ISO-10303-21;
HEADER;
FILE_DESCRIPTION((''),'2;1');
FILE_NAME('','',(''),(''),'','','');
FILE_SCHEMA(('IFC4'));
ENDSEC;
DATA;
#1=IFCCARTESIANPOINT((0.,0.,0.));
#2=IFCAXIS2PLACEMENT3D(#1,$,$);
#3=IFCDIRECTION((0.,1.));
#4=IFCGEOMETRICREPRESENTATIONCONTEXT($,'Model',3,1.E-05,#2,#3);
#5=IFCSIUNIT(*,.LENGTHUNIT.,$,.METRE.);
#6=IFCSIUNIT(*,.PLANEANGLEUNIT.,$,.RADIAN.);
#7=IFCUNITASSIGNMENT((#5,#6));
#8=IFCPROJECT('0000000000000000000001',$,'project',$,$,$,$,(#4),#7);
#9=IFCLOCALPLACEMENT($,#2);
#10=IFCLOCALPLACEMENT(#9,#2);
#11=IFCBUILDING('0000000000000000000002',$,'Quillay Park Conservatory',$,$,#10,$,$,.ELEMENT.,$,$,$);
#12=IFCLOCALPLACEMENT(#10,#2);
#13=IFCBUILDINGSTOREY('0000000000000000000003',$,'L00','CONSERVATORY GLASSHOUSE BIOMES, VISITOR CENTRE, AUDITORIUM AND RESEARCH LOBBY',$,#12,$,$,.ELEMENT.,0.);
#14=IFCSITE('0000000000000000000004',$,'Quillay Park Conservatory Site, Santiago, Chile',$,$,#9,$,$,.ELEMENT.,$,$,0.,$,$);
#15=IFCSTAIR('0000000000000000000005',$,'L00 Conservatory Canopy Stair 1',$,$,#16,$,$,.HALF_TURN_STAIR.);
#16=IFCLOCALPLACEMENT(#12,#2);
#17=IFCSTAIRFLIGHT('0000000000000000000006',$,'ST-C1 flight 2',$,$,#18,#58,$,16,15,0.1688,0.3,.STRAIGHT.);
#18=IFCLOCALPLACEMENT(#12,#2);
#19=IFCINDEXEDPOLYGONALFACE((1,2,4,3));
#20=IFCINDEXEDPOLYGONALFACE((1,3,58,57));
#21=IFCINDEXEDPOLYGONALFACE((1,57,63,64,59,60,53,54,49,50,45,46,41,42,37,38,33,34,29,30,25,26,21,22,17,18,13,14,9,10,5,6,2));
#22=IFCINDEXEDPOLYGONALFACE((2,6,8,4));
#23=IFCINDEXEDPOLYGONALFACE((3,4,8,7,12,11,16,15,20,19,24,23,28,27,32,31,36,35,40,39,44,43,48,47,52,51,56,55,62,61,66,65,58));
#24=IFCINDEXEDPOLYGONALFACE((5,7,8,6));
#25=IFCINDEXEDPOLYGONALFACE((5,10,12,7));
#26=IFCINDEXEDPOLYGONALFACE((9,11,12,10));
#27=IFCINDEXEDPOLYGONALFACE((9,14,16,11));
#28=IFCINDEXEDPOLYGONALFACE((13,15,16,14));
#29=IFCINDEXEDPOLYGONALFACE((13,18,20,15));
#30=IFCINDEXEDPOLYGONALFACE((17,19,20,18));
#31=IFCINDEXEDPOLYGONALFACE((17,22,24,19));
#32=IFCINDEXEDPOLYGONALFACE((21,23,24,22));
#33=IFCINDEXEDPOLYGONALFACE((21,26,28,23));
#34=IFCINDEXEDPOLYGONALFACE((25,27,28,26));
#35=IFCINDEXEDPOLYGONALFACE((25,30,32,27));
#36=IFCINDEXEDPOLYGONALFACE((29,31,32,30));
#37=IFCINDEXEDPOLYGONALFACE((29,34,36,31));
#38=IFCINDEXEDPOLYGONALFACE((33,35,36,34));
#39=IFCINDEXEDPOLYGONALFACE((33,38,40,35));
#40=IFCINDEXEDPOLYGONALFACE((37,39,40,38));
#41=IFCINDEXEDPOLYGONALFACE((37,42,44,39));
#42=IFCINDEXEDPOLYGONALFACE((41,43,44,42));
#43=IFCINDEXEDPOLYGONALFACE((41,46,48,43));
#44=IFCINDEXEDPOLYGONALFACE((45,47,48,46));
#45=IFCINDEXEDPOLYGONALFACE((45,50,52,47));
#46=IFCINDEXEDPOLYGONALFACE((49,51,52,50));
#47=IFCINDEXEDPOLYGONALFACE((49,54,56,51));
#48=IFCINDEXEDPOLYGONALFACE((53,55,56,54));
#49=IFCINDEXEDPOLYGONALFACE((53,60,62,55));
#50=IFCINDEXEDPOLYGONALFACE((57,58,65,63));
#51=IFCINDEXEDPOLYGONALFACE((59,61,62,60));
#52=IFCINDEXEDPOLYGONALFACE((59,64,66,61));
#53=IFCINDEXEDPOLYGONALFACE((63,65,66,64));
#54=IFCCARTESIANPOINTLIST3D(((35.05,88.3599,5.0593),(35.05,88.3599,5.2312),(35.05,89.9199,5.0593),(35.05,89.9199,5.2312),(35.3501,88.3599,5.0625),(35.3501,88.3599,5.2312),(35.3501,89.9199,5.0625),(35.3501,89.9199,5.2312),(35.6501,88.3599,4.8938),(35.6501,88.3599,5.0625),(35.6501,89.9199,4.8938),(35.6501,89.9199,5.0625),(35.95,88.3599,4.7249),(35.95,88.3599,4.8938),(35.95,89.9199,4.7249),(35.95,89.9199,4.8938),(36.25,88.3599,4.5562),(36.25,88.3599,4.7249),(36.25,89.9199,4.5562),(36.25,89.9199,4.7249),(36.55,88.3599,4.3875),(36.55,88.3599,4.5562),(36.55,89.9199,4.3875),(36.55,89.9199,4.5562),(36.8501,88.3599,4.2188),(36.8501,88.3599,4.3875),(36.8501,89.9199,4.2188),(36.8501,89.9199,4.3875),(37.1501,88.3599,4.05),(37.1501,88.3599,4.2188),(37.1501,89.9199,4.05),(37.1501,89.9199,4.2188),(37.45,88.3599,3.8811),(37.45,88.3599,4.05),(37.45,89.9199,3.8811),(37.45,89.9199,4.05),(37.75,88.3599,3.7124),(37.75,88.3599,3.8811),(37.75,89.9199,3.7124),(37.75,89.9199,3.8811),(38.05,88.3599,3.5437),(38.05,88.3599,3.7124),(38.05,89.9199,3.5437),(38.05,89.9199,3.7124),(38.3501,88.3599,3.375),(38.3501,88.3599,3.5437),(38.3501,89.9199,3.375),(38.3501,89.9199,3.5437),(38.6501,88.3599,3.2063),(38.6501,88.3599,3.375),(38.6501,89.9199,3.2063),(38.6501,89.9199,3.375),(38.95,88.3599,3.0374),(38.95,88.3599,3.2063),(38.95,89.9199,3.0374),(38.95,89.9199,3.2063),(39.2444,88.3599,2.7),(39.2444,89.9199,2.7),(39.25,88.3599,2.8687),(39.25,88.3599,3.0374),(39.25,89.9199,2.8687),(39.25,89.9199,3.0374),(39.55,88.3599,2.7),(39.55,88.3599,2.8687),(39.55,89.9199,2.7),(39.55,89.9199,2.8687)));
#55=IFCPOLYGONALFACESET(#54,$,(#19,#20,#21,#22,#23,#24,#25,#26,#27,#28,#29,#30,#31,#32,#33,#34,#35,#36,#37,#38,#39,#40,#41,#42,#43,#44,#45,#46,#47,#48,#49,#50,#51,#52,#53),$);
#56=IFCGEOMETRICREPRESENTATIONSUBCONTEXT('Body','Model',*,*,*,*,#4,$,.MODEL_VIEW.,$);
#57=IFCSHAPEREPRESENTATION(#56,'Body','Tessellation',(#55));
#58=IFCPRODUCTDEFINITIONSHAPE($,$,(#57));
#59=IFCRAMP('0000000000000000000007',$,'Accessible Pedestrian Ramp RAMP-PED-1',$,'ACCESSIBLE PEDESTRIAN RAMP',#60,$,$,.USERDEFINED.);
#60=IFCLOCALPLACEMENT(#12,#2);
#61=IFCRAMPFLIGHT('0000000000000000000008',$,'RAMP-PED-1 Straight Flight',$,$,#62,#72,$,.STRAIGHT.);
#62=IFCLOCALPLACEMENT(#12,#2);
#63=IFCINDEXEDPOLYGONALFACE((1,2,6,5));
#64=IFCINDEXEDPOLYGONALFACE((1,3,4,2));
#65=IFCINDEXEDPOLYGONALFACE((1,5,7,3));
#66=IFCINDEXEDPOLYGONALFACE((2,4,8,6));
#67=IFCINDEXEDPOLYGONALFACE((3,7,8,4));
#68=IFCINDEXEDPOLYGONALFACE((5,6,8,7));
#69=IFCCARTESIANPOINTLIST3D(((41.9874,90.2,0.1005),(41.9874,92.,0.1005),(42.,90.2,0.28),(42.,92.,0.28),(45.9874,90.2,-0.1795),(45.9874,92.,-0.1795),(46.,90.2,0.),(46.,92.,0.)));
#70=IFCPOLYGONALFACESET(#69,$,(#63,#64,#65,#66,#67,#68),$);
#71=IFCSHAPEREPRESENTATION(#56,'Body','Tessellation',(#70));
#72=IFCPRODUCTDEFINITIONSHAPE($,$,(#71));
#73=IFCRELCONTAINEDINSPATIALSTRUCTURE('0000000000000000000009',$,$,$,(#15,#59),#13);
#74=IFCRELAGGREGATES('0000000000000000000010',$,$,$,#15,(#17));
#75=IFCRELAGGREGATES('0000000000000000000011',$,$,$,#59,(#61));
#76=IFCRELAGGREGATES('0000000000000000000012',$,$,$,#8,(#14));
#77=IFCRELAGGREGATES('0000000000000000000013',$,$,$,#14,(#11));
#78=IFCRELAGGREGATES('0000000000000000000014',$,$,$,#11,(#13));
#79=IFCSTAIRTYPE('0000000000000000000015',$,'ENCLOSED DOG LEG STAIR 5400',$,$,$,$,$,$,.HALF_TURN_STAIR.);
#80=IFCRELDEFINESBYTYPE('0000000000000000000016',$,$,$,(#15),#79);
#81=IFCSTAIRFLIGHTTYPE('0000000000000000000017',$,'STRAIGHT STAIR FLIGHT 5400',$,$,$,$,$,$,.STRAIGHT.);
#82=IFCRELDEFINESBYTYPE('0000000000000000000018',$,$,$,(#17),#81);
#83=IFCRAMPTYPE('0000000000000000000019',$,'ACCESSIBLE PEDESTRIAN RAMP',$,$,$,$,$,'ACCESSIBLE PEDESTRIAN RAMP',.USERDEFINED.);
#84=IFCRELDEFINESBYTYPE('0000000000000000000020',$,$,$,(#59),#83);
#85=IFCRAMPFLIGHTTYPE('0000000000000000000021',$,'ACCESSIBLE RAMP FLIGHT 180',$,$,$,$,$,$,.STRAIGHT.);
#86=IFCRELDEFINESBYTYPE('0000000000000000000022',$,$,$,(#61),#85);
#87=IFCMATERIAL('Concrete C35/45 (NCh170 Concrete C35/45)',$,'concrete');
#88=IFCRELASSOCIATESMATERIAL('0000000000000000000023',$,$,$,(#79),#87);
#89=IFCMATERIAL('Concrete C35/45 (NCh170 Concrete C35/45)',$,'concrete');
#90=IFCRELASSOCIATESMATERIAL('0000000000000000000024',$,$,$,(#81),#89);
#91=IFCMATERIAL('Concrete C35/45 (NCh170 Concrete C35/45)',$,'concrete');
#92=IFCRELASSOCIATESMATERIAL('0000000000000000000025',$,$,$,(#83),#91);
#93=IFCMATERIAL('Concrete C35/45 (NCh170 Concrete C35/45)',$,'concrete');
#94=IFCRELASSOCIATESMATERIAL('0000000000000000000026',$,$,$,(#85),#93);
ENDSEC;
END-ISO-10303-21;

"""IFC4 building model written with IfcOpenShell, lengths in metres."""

from ifc_helpers import new_model, si_unit, direction, frame, origin, place, context, subcontext, project, spatial, polyline, outline, extrude, material, type_object, element, aggregate, save


model = new_model("IFC4")

# Units and contexts
model_context = context("Model", 3, precision=1e-05, world=origin(), true_north=direction((0.0, 1.0)))
body_context = subcontext(model_context, "Body", "Model", "MODEL_VIEW")
ifc_project = project(units=[si_unit("LENGTHUNIT", "METRE"), si_unit("PLANEANGLEUNIT", "RADIAN")], contexts=[model_context])

# Site, building, storey
site_placement = place(None, origin())
site = spatial("IfcSite", under=ifc_project, at=site_placement, Name="Quillay Park Conservatory Site, Santiago, Chile", CompositionType="ELEMENT", RefElevation=0.0)
building_placement = place(site_placement, origin())
building = spatial("IfcBuilding", under=site, at=building_placement, Name="Quillay Park Conservatory", CompositionType="ELEMENT")
storey_placement = place(building_placement, origin())
storey = spatial("IfcBuildingStorey", under=building, at=storey_placement, Name="L00", Description="CONSERVATORY GLASSHOUSE BIOMES, VISITOR CENTRE, AUDITORIUM AND RESEARCH LOBBY", CompositionType="ELEMENT", Elevation=0.0)

# Stair, stair flight
ifc_material_1 = material(Name="Concrete C35/45 (NCh170 Concrete C35/45)", Category="concrete")
stair_type = type_object("IfcStairType", Name="ENCLOSED DOG LEG STAIR 5400", PredefinedType="HALF_TURN_STAIR", material=ifc_material_1)
stair_placement = place(storey_placement, origin())
stair = element("IfcStair", 1, at=stair_placement, inside=storey, type_object=stair_type, Name="L00 Conservatory Canopy Stair 1", PredefinedType="HALF_TURN_STAIR")
ifc_material_2 = material(Name="Concrete C35/45 (NCh170 Concrete C35/45)", Category="concrete")
stair_flight_type = type_object("IfcStairFlightType", Name="STRAIGHT STAIR FLIGHT 5400", PredefinedType="STRAIGHT", material=ifc_material_2)
stair_flight_1_placement = place(storey_placement, frame((39.55, 89.1399, 2.7), z_axis=(0.0, 0.0, 1.0), x_axis=(-1.0, 0.0, 0.0)))
stair_flight_1 = element("IfcStairFlight", 2, at=stair_flight_1_placement, type_object=stair_flight_type, Name="ST-C1 flight 2", NumberOfRisers=16, NumberOfTreads=15, PredefinedType="STRAIGHT", RiserHeight=0.1688, TreadLength=0.3, context=body_context, shape_type="SweptSolid", body=[
    extrude(outline(polyline([(0.0, 0.0), (0.0, 0.1687), (0.3, 0.1687), (0.3, 0.3374), (0.6001, 0.3374), (0.6001, 0.5063), (0.8999, 0.5063), (0.8999, 0.675), (1.2, 0.675), (1.2, 0.8438), (1.5, 0.8438), (1.5, 1.0125), (1.8, 1.0125), (1.8, 1.1812), (2.1001, 1.1812), (2.1001, 1.3501), (2.3999, 1.3501), (2.3999, 1.5188), (2.7, 1.5188), (2.7, 1.6875), (3.0, 1.6875), (3.0, 1.8562), (3.3, 1.8562), (3.3, 2.0249), (3.6001, 2.0249), (3.6001, 2.1938), (3.8999, 2.1938), (3.8999, 2.3625), (4.2, 2.3625), (4.2, 2.5312), (4.5, 2.5312), (4.5, 2.7), (4.5, 2.3594), (0.3057, 0.0), (0.0, 0.0)])), frame((0.0, 0.78, 0.0), z_axis=(0.0, -1.0, 0.0), x_axis=(1.0, 0.0, 0.0)), (0.0, 0.0, 1.0), 1.5601),
])
aggregate(stair, [stair_flight_1])

# Ramp, ramp flight
ifc_material_3 = material(Name="Concrete C35/45 (NCh170 Concrete C35/45)", Category="concrete")
ramp_type = type_object("IfcRampType", Name="ACCESSIBLE PEDESTRIAN RAMP", ElementType="ACCESSIBLE PEDESTRIAN RAMP", PredefinedType="USERDEFINED", material=ifc_material_3)
ramp_placement = place(storey_placement, origin())
ramp = element("IfcRamp", 3, at=ramp_placement, inside=storey, type_object=ramp_type, Name="Accessible Pedestrian Ramp RAMP-PED-1", ObjectType="ACCESSIBLE PEDESTRIAN RAMP", PredefinedType="USERDEFINED")
ifc_material_4 = material(Name="Concrete C35/45 (NCh170 Concrete C35/45)", Category="concrete")
ramp_flight_type = type_object("IfcRampFlightType", Name="ACCESSIBLE RAMP FLIGHT 180", PredefinedType="STRAIGHT", material=ifc_material_4)
ramp_flight_placement = place(storey_placement, frame((42.0, 90.2, 0.28), z_axis=(0.069836, 0.0, 0.997558), x_axis=(0.997558, 0.0, -0.069836)))
ramp_flight = element("IfcRampFlight", 4, at=ramp_flight_placement, type_object=ramp_flight_type, Name="RAMP-PED-1 Straight Flight", PredefinedType="STRAIGHT", context=body_context, shape_type="SweptSolid", body=[
    extrude(outline(polyline([(0.0, 0.0), (4.0098, 0.0), (4.0098, 1.8), (0.0, 1.8), (0.0, 0.0)])), origin(), (0.0, 0.0, -1.0), 0.1799),
])
aggregate(ramp, [ramp_flight])

save(model, "model.ifc")
